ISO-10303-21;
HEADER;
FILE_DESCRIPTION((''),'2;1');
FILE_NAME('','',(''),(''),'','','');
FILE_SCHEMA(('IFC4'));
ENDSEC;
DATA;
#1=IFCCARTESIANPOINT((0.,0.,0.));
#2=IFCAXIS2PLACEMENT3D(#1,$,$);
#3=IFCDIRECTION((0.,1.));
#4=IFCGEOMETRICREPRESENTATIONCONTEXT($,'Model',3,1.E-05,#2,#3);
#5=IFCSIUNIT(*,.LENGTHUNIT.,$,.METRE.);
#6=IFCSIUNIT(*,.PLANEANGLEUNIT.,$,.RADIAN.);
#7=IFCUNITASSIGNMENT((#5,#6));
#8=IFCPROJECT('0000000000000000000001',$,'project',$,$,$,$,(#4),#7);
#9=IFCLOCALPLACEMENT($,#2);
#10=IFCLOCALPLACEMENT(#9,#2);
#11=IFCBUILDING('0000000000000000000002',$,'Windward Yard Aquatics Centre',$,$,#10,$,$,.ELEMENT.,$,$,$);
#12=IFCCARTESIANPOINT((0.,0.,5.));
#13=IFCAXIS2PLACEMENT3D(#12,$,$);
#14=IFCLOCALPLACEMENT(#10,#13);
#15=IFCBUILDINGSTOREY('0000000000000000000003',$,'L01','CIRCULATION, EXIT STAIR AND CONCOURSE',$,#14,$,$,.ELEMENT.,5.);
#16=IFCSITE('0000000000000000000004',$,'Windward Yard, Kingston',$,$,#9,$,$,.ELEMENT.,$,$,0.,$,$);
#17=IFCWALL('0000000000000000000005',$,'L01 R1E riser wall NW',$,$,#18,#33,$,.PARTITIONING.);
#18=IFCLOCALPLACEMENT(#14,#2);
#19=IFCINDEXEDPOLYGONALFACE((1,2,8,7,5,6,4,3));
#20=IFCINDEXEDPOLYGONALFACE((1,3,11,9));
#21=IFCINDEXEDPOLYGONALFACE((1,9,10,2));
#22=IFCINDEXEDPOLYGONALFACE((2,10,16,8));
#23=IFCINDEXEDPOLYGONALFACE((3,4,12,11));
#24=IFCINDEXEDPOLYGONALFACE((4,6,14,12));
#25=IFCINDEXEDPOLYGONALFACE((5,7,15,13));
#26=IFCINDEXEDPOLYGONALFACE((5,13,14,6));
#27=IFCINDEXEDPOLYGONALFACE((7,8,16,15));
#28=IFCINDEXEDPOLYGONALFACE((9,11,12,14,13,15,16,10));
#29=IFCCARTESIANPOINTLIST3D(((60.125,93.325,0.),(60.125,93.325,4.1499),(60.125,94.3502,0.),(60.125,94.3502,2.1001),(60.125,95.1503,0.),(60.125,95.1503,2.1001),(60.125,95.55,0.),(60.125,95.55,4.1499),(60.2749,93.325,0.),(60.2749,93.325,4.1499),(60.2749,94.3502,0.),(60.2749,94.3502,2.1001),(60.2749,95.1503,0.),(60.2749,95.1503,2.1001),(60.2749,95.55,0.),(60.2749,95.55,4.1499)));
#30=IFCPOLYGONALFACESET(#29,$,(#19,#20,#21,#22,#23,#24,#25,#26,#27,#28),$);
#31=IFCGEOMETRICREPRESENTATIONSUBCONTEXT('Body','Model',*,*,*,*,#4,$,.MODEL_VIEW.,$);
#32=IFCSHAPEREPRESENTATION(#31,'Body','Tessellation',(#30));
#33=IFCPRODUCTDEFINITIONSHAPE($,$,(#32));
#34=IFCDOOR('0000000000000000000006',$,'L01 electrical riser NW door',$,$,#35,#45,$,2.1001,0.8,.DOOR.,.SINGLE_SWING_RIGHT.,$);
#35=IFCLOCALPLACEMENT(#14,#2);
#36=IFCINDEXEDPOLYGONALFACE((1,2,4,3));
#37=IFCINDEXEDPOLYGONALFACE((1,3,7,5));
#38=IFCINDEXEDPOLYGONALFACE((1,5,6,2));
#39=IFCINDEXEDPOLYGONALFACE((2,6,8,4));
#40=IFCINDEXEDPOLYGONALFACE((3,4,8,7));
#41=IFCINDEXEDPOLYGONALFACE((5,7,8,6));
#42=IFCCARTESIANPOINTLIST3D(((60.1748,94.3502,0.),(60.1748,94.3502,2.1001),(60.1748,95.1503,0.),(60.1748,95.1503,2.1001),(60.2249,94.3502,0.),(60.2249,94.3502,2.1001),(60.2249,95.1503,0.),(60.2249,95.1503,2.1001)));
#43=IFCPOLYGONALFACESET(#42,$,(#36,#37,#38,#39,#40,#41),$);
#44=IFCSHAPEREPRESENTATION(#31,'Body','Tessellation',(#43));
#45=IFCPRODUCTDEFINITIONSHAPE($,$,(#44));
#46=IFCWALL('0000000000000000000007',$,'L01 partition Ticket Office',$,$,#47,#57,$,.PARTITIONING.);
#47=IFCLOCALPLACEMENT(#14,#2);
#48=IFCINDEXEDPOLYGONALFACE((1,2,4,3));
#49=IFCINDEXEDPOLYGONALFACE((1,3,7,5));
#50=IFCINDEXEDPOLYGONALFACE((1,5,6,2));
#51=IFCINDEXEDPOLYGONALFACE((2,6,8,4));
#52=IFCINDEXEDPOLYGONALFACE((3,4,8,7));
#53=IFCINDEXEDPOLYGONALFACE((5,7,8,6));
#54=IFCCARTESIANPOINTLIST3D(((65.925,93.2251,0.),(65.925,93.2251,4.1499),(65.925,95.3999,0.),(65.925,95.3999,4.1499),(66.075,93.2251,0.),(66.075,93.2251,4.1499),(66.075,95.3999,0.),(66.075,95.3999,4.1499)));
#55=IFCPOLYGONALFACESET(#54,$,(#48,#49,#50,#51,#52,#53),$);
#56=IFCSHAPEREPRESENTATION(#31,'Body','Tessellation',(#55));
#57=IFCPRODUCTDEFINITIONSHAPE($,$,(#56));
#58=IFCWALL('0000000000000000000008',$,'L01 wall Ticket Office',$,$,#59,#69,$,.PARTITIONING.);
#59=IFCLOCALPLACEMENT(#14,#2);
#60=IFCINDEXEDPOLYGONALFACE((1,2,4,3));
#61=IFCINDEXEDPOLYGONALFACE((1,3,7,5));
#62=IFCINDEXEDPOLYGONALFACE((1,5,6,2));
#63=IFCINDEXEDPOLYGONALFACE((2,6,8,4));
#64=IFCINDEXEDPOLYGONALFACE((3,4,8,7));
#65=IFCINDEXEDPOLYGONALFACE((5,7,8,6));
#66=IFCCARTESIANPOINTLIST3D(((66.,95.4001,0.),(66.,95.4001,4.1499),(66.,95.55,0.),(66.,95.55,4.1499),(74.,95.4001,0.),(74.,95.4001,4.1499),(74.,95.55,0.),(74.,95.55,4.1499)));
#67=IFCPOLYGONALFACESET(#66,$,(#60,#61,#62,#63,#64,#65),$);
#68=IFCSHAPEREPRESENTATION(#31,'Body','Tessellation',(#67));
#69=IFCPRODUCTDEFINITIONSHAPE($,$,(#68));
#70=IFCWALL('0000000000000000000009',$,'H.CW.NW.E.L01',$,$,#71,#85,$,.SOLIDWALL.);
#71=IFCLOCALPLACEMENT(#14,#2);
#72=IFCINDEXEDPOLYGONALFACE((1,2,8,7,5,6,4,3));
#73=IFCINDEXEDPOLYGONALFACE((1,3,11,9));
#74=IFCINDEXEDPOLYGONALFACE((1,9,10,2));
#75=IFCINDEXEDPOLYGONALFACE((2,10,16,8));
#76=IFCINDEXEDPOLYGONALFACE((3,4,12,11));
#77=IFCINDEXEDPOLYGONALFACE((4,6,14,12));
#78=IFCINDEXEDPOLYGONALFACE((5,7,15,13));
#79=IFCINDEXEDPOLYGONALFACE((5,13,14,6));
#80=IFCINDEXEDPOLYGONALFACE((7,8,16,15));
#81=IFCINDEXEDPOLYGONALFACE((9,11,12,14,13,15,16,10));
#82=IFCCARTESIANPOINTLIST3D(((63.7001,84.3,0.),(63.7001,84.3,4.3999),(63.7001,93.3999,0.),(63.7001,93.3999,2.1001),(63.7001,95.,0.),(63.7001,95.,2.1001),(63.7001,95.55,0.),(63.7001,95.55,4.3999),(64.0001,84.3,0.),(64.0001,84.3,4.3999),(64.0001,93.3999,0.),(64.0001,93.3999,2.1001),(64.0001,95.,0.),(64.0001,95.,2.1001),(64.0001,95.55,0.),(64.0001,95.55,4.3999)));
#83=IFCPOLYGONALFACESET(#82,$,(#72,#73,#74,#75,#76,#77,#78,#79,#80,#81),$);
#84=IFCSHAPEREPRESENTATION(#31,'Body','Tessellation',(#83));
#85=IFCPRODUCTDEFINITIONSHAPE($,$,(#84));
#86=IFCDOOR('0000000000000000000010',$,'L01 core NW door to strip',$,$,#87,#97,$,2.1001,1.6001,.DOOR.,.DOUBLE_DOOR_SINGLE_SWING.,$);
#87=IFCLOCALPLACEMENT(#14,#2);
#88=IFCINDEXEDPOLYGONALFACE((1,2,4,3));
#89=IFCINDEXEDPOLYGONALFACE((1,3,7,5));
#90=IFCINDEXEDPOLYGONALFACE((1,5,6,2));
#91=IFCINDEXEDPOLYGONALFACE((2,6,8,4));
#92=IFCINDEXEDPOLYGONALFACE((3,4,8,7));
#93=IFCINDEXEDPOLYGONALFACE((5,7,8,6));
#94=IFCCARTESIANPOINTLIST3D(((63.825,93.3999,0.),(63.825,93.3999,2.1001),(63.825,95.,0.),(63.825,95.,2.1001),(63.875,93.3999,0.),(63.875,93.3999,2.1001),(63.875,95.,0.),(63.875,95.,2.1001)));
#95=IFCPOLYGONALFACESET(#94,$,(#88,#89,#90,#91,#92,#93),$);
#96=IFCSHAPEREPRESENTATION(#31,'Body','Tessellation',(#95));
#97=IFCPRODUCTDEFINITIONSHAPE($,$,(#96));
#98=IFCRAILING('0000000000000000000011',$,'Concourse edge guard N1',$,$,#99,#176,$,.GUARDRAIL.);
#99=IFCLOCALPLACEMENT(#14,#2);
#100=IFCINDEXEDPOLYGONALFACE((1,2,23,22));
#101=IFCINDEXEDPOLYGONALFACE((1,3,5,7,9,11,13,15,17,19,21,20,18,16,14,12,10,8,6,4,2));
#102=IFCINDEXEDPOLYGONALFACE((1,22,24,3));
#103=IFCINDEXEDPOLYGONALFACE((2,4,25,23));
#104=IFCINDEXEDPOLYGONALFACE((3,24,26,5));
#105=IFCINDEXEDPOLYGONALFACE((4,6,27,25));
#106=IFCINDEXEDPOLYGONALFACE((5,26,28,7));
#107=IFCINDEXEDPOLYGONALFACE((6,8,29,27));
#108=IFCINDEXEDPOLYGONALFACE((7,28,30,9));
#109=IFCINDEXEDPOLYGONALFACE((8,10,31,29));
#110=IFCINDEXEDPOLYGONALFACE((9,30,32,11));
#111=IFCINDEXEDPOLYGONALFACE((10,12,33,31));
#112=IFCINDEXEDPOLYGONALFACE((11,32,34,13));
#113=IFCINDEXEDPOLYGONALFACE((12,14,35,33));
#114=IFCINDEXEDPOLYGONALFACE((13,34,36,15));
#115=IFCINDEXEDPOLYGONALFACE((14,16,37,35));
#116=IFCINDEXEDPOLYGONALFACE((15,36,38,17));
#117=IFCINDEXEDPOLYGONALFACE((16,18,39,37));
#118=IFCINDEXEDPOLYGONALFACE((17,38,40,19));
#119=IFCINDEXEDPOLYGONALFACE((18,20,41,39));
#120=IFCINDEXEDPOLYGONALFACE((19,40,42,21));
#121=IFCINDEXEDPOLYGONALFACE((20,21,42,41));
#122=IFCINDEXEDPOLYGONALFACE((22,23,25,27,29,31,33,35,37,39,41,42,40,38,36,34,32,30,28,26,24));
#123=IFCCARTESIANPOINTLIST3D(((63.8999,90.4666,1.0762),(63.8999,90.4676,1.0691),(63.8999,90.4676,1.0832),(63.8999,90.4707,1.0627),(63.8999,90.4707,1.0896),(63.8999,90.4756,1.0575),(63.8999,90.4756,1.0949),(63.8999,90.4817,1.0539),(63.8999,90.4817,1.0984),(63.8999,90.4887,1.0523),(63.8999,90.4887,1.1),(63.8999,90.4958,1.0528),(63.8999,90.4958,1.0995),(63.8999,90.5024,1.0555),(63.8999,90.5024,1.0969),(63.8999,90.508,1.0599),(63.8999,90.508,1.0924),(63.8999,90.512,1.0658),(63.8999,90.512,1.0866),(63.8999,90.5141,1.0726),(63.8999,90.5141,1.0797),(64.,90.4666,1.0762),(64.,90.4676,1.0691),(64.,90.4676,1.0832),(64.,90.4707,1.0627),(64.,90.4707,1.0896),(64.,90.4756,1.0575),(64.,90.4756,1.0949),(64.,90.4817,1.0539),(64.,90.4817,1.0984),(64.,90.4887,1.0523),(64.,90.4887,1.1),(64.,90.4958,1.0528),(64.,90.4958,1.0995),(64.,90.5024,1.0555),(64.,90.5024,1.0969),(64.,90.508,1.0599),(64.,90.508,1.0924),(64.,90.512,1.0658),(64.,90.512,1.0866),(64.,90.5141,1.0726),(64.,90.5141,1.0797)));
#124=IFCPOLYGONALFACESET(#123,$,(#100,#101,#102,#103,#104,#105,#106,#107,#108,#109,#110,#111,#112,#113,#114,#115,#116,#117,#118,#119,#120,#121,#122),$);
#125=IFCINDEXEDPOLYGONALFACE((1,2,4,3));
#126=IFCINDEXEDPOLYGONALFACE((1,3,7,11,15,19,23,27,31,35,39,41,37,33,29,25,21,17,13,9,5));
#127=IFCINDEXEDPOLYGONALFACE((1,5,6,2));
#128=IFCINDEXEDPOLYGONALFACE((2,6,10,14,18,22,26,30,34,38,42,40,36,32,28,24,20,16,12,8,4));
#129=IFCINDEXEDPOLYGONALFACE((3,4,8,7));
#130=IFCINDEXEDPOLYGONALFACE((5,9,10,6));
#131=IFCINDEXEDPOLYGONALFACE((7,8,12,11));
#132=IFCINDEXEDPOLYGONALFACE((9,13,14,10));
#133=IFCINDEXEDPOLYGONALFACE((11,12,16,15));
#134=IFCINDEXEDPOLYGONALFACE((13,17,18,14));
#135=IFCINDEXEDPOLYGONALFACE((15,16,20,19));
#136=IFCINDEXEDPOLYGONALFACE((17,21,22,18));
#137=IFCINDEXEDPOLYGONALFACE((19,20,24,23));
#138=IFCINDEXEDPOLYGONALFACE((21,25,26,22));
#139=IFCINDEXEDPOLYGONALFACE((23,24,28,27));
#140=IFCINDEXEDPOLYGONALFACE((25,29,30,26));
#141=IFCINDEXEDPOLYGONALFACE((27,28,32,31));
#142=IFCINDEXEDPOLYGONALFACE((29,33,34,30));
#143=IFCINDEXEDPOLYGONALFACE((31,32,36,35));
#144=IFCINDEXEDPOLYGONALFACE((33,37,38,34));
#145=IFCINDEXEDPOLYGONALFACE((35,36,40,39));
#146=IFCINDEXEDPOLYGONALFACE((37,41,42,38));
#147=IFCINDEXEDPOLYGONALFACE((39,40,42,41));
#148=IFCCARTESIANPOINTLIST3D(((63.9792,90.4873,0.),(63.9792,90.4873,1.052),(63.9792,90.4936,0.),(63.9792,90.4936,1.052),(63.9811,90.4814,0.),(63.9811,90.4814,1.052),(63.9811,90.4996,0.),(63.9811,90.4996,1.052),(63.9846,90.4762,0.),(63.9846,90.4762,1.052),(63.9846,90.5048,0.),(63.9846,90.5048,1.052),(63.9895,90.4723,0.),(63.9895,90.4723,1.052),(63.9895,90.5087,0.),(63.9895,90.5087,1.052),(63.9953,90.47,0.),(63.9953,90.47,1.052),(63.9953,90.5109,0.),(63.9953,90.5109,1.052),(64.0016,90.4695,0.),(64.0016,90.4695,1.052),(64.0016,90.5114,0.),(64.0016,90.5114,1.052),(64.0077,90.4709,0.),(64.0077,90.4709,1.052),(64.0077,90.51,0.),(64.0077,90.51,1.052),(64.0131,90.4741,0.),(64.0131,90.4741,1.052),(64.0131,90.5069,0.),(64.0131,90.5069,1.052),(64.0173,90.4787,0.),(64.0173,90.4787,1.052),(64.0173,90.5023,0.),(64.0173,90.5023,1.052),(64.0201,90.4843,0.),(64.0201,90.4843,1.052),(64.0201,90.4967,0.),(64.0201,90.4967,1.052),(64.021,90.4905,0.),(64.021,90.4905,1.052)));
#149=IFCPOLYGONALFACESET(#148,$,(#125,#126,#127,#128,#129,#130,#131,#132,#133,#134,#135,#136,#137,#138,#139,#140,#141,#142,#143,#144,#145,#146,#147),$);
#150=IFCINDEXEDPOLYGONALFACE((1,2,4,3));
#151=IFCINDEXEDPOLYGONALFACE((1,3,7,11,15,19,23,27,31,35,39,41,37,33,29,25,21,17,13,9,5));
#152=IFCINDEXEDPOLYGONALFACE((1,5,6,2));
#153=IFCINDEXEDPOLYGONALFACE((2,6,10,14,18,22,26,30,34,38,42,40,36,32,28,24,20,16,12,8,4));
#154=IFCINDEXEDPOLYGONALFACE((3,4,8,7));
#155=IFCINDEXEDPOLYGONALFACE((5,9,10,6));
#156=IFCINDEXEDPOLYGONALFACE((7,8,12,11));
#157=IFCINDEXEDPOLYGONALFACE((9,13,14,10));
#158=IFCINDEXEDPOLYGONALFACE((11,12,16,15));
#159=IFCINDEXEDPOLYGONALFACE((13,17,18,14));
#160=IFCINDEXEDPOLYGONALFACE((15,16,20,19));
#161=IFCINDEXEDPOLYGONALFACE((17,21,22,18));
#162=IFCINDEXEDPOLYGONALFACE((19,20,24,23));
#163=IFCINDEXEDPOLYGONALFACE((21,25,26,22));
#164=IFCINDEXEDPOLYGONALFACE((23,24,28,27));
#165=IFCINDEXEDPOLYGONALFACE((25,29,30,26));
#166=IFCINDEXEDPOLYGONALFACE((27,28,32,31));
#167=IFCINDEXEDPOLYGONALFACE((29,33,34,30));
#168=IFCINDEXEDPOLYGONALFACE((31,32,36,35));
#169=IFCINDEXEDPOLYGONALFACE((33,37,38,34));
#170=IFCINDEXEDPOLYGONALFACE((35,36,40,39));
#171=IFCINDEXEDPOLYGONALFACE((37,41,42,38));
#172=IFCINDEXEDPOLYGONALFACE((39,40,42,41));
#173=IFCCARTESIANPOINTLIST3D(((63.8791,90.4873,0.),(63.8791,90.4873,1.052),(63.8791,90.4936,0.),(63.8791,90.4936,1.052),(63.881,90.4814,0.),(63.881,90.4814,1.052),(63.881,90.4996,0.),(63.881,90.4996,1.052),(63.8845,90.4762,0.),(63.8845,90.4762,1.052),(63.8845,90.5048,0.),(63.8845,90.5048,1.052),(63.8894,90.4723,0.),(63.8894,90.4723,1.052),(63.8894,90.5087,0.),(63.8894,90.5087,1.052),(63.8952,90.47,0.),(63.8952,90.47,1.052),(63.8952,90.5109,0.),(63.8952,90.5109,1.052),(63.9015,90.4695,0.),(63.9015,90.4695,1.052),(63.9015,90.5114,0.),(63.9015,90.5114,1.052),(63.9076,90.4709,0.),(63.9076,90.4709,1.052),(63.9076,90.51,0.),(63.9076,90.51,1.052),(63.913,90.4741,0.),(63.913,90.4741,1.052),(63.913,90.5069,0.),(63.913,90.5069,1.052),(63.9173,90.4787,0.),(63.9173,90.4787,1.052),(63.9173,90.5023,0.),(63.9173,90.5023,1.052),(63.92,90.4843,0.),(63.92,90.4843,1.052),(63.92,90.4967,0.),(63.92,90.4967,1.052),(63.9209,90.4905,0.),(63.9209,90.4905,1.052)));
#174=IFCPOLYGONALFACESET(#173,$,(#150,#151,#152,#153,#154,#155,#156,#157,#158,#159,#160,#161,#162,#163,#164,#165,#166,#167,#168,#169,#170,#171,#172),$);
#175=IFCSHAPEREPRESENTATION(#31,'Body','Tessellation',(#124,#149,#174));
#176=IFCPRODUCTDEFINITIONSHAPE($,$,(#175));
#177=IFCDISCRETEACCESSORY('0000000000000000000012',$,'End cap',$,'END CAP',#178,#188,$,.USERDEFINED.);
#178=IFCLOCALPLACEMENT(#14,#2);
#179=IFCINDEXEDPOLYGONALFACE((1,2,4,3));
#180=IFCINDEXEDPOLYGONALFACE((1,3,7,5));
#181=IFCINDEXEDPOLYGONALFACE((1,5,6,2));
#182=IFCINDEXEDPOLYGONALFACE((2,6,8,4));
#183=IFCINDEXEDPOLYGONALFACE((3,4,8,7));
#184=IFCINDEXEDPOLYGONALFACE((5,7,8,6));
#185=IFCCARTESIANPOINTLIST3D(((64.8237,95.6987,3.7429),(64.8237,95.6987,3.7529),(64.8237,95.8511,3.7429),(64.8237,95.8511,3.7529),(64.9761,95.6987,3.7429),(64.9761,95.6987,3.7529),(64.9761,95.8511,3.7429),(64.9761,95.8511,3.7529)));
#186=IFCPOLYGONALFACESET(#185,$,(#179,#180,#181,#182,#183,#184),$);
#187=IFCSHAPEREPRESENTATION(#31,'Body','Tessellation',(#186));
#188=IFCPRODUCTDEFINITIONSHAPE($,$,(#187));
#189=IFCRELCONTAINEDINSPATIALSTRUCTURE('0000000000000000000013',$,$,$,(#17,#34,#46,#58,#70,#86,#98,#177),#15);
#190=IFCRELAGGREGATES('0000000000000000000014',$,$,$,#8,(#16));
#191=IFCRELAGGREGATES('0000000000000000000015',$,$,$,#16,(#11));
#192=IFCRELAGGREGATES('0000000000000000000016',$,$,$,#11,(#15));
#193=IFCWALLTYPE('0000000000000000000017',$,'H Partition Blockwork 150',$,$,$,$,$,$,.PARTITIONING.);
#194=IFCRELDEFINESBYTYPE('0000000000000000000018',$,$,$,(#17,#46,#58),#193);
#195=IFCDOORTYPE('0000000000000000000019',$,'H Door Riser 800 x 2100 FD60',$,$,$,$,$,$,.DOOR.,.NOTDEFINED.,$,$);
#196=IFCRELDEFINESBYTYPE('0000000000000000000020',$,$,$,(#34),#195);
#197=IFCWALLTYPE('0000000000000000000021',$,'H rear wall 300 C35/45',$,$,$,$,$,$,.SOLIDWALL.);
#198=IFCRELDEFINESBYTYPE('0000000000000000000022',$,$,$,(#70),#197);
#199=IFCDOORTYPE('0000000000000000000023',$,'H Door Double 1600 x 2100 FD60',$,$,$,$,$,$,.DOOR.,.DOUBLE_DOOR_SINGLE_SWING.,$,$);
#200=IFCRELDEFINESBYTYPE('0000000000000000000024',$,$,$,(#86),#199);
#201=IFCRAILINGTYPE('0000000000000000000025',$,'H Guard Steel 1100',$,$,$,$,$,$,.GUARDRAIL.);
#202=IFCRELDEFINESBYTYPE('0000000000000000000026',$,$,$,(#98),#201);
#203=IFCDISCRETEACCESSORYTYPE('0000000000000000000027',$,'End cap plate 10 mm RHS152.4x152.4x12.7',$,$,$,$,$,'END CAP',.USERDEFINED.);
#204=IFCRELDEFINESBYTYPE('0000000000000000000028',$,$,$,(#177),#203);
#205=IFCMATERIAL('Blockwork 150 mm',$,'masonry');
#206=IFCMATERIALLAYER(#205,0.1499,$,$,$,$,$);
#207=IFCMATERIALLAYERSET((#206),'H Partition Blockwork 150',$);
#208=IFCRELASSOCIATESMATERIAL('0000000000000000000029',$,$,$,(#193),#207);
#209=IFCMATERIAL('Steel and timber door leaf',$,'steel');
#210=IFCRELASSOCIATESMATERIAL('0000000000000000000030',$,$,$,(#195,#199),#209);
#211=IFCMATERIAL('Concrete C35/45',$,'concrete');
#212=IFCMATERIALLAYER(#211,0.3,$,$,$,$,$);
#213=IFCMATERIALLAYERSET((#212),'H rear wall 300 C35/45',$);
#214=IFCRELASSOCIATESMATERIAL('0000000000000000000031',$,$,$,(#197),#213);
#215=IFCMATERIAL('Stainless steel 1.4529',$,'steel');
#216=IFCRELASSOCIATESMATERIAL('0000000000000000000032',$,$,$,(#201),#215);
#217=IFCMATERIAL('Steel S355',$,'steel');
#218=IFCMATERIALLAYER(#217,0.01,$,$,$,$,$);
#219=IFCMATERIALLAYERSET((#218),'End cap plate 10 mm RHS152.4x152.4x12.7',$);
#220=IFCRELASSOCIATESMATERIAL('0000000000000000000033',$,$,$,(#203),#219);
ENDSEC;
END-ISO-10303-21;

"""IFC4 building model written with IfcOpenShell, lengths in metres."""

from ifc_helpers import new_model, si_unit, direction, frame, frame_2d, origin, origin_2d, place, context, subcontext, project, spatial, rectangle, circle, extrude, material, layer, layer_set, type_object, element, fill, save


model = new_model("IFC4")

# Units and contexts
model_context = context("Model", 3, precision=1e-05, world=origin(), true_north=direction((0.0, 1.0)))
body_context = subcontext(model_context, "Body", "Model", "MODEL_VIEW")
ifc_project = project(units=[si_unit("LENGTHUNIT", "METRE"), si_unit("PLANEANGLEUNIT", "RADIAN")], contexts=[model_context])

# Site, building, storey
site_placement = place(None, origin())
site = spatial("IfcSite", under=ifc_project, at=site_placement, Name="Windward Yard, Kingston", CompositionType="ELEMENT", RefElevation=0.0)
building_placement = place(site_placement, origin())
building = spatial("IfcBuilding", under=site, at=building_placement, Name="Windward Yard Aquatics Centre", CompositionType="ELEMENT")
storey_placement = place(building_placement, frame((0.0, 0.0, 5.0)))
storey = spatial("IfcBuildingStorey", under=building, at=storey_placement, Name="L01", Description="CIRCULATION, EXIT STAIR AND CONCOURSE", CompositionType="ELEMENT", Elevation=5.0)

# Shared definitions
ifc_material_1 = material(Name="Concrete C35/45", Category="concrete")
ifc_material_2 = material(Name="Blockwork 150 mm", Category="masonry")
ifc_layer_1 = layer(ifc_material_2, 0.1499)
ifc_layer_set_1 = layer_set([ifc_layer_1], Name="H Partition Blockwork 150")
wall_type_1 = type_object("IfcWallType", Name="H Partition Blockwork 150", PredefinedType="PARTITIONING", material=ifc_layer_set_1)

# Wall, opening, door
wall_1_placement = place(storey_placement, frame((60.2, 95.55, 0.0), z_axis=(0.0, 0.0, 1.0), x_axis=(0.0, -1.0, 0.0)))
wall_1 = element("IfcWall", 1, at=wall_1_placement, inside=storey, type_object=wall_type_1, Name="L01 R1E riser wall NW", PredefinedType="PARTITIONING", context=body_context, shape_type="SweptSolid", body=[
    extrude(rectangle(XDim=2.2251, YDim=0.1499, at=frame_2d((1.1125, 0.0))), origin(), (0.0, 0.0, 1.0), 4.1499),
])
opening_1_placement = place(wall_1_placement, frame((0.3999, 0.0, 0.0)))
opening_1 = element("IfcOpeningElement", 2, at=opening_1_placement, cuts=wall_1, PredefinedType="OPENING", context=body_context, shape_type="SweptSolid", body=[
    extrude(rectangle(XDim=0.8, YDim=2.1001, at=frame_2d((0.3999, 1.05))), frame((0.0, 0.085, 0.0), z_axis=(0.0, -1.0, 0.0), x_axis=(1.0, 0.0, 0.0)), (0.0, 0.0, 1.0), 0.1699),
])
ifc_material_3 = material(Name="Steel and timber door leaf", Category="steel")
door_type_1 = type_object("IfcDoorType", Name="H Door Riser 800 x 2100 FD60", OperationType="NOTDEFINED", PredefinedType="DOOR", material=ifc_material_3)
door_1_placement = place(opening_1_placement, origin())
door_1 = element("IfcDoor", 3, at=door_1_placement, inside=storey, type_object=door_type_1, Name="L01 electrical riser NW door", OperationType="SINGLE_SWING_RIGHT", OverallHeight=2.1001, OverallWidth=0.8, PredefinedType="DOOR", context=body_context, shape_type="SweptSolid", body=[
    extrude(rectangle(XDim=0.8, YDim=2.1001, at=frame_2d((0.3999, 1.05))), frame((0.0, 0.0249, 0.0), z_axis=(0.0, -1.0, 0.0), x_axis=(1.0, 0.0, 0.0)), (0.0, 0.0, 1.0), 0.05),
])
fill(opening_1, door_1)

# Walls
wall_2_placement = place(storey_placement, frame((66.0, 95.3999, 0.0), z_axis=(0.0, 0.0, 1.0), x_axis=(0.0, -1.0, 0.0)))
element("IfcWall", 4, at=wall_2_placement, inside=storey, type_object=wall_type_1, Name="L01 partition Ticket Office", PredefinedType="PARTITIONING", context=body_context, shape_type="SweptSolid", body=[
    extrude(rectangle(XDim=2.1748, YDim=0.1499, at=frame_2d((1.0874, 0.0))), origin(), (0.0, 0.0, 1.0), 4.1499),
])
wall_3_placement = place(storey_placement, frame((66.0, 95.4751, 0.0), z_axis=(0.0, 0.0, 1.0), x_axis=(1.0, 0.0, 0.0)))
element("IfcWall", 5, at=wall_3_placement, inside=storey, type_object=wall_type_1, Name="L01 wall Ticket Office", PredefinedType="PARTITIONING", context=body_context, shape_type="SweptSolid", body=[
    extrude(rectangle(XDim=8.0, YDim=0.1499, at=frame_2d((4.0, 0.0))), origin(), (0.0, 0.0, 1.0), 4.1499),
])

# Wall, opening, door
ifc_layer_2 = layer(ifc_material_1, 0.3)
ifc_layer_set_2 = layer_set([ifc_layer_2], Name="H rear wall 300 C35/45")
wall_type_2 = type_object("IfcWallType", Name="H rear wall 300 C35/45", PredefinedType="SOLIDWALL", material=ifc_layer_set_2)
wall_4_placement = place(storey_placement, frame((63.8501, 95.55, 0.0), z_axis=(0.0, 0.0, 1.0), x_axis=(0.0, -1.0, 0.0)))
wall_4 = element("IfcWall", 6, at=wall_4_placement, inside=storey, type_object=wall_type_2, Name="H.CW.NW.E.L01", PredefinedType="SOLIDWALL", context=body_context, shape_type="SweptSolid", body=[
    extrude(rectangle(XDim=11.25, YDim=0.3, at=frame_2d((5.625, 0.0))), origin(), (0.0, 0.0, 1.0), 4.3999),
])
opening_2_placement = place(wall_4_placement, frame((0.55, 0.0, 0.0)))
opening_2 = element("IfcOpeningElement", 7, at=opening_2_placement, cuts=wall_4, PredefinedType="OPENING", context=body_context, shape_type="SweptSolid", body=[
    extrude(rectangle(XDim=1.6001, YDim=2.1001, at=frame_2d((0.8, 1.05))), frame((0.0, 0.1602, 0.0), z_axis=(0.0, -1.0, 0.0), x_axis=(1.0, 0.0, 0.0)), (0.0, 0.0, 1.0), 0.3201),
])
door_type_2 = type_object("IfcDoorType", Name="H Door Double 1600 x 2100 FD60", OperationType="DOUBLE_DOOR_SINGLE_SWING", PredefinedType="DOOR", material=ifc_material_3)
door_2_placement = place(opening_2_placement, origin())
door_2 = element("IfcDoor", 8, at=door_2_placement, inside=storey, type_object=door_type_2, Name="L01 core NW door to strip", OperationType="DOUBLE_DOOR_SINGLE_SWING", OverallHeight=2.1001, OverallWidth=1.6001, PredefinedType="DOOR", context=body_context, shape_type="SweptSolid", body=[
    extrude(rectangle(XDim=1.6001, YDim=2.1001, at=frame_2d((0.8, 1.05))), frame((0.0, 0.0249, 0.0), z_axis=(0.0, -1.0, 0.0), x_axis=(1.0, 0.0, 0.0)), (0.0, 0.0, 1.0), 0.05),
])
fill(opening_2, door_2)

# Railing
ifc_material_4 = material(Name="Stainless steel 1.4529", Category="steel")
railing_type = type_object("IfcRailingType", Name="H Guard Steel 1100", PredefinedType="GUARDRAIL", material=ifc_material_4)
railing_1_placement = place(storey_placement, frame((64.0, 90.4905, 0.0)))
element("IfcRailing", 9, at=railing_1_placement, inside=storey, type_object=railing_type, Name="Concourse edge guard N1", PredefinedType="GUARDRAIL", context=body_context, shape_type="SweptSolid", body=[
    extrude(circle(Radius=0.0239, at=origin_2d()), frame((0.0, 0.0, 1.0762), z_axis=(-1.0, 0.0, 0.0), x_axis=(0.0, -1.0, 0.0)), (0.0, 0.0, 1.0), 0.1001),
    extrude(circle(Radius=0.021, at=origin_2d()), origin(), (0.0, 0.0, 1.0), 1.052),
    extrude(circle(Radius=0.021, at=origin_2d()), frame((-0.1001, 0.0, 0.0)), (0.0, 0.0, 1.0), 1.052),
])

# Discrete accessory
ifc_material_5 = material(Name="Steel S355", Category="steel")
ifc_layer_3 = layer(ifc_material_5, 0.01)
ifc_layer_set_3 = layer_set([ifc_layer_3], Name="End cap plate 10 mm RHS152.4x152.4x12.7")
discrete_accessory_type = type_object("IfcDiscreteAccessoryType", Name="End cap plate 10 mm RHS152.4x152.4x12.7", ElementType="END CAP", PredefinedType="USERDEFINED", material=ifc_layer_set_3)
discrete_accessory_placement = place(storey_placement, frame((64.8999, 95.7749, 3.7429), z_axis=(0.0, 0.0, 1.0), x_axis=(1.0, 0.0, 0.0)))
element("IfcDiscreteAccessory", 10, at=discrete_accessory_placement, inside=storey, type_object=discrete_accessory_type, Name="End cap", ObjectType="END CAP", PredefinedType="USERDEFINED", context=body_context, shape_type="SweptSolid", body=[
    extrude(rectangle(XDim=0.1523, YDim=0.1523, at=origin_2d()), origin(), (0.0, 0.0, 1.0), 0.01),
])

save(model, "model.ifc")
